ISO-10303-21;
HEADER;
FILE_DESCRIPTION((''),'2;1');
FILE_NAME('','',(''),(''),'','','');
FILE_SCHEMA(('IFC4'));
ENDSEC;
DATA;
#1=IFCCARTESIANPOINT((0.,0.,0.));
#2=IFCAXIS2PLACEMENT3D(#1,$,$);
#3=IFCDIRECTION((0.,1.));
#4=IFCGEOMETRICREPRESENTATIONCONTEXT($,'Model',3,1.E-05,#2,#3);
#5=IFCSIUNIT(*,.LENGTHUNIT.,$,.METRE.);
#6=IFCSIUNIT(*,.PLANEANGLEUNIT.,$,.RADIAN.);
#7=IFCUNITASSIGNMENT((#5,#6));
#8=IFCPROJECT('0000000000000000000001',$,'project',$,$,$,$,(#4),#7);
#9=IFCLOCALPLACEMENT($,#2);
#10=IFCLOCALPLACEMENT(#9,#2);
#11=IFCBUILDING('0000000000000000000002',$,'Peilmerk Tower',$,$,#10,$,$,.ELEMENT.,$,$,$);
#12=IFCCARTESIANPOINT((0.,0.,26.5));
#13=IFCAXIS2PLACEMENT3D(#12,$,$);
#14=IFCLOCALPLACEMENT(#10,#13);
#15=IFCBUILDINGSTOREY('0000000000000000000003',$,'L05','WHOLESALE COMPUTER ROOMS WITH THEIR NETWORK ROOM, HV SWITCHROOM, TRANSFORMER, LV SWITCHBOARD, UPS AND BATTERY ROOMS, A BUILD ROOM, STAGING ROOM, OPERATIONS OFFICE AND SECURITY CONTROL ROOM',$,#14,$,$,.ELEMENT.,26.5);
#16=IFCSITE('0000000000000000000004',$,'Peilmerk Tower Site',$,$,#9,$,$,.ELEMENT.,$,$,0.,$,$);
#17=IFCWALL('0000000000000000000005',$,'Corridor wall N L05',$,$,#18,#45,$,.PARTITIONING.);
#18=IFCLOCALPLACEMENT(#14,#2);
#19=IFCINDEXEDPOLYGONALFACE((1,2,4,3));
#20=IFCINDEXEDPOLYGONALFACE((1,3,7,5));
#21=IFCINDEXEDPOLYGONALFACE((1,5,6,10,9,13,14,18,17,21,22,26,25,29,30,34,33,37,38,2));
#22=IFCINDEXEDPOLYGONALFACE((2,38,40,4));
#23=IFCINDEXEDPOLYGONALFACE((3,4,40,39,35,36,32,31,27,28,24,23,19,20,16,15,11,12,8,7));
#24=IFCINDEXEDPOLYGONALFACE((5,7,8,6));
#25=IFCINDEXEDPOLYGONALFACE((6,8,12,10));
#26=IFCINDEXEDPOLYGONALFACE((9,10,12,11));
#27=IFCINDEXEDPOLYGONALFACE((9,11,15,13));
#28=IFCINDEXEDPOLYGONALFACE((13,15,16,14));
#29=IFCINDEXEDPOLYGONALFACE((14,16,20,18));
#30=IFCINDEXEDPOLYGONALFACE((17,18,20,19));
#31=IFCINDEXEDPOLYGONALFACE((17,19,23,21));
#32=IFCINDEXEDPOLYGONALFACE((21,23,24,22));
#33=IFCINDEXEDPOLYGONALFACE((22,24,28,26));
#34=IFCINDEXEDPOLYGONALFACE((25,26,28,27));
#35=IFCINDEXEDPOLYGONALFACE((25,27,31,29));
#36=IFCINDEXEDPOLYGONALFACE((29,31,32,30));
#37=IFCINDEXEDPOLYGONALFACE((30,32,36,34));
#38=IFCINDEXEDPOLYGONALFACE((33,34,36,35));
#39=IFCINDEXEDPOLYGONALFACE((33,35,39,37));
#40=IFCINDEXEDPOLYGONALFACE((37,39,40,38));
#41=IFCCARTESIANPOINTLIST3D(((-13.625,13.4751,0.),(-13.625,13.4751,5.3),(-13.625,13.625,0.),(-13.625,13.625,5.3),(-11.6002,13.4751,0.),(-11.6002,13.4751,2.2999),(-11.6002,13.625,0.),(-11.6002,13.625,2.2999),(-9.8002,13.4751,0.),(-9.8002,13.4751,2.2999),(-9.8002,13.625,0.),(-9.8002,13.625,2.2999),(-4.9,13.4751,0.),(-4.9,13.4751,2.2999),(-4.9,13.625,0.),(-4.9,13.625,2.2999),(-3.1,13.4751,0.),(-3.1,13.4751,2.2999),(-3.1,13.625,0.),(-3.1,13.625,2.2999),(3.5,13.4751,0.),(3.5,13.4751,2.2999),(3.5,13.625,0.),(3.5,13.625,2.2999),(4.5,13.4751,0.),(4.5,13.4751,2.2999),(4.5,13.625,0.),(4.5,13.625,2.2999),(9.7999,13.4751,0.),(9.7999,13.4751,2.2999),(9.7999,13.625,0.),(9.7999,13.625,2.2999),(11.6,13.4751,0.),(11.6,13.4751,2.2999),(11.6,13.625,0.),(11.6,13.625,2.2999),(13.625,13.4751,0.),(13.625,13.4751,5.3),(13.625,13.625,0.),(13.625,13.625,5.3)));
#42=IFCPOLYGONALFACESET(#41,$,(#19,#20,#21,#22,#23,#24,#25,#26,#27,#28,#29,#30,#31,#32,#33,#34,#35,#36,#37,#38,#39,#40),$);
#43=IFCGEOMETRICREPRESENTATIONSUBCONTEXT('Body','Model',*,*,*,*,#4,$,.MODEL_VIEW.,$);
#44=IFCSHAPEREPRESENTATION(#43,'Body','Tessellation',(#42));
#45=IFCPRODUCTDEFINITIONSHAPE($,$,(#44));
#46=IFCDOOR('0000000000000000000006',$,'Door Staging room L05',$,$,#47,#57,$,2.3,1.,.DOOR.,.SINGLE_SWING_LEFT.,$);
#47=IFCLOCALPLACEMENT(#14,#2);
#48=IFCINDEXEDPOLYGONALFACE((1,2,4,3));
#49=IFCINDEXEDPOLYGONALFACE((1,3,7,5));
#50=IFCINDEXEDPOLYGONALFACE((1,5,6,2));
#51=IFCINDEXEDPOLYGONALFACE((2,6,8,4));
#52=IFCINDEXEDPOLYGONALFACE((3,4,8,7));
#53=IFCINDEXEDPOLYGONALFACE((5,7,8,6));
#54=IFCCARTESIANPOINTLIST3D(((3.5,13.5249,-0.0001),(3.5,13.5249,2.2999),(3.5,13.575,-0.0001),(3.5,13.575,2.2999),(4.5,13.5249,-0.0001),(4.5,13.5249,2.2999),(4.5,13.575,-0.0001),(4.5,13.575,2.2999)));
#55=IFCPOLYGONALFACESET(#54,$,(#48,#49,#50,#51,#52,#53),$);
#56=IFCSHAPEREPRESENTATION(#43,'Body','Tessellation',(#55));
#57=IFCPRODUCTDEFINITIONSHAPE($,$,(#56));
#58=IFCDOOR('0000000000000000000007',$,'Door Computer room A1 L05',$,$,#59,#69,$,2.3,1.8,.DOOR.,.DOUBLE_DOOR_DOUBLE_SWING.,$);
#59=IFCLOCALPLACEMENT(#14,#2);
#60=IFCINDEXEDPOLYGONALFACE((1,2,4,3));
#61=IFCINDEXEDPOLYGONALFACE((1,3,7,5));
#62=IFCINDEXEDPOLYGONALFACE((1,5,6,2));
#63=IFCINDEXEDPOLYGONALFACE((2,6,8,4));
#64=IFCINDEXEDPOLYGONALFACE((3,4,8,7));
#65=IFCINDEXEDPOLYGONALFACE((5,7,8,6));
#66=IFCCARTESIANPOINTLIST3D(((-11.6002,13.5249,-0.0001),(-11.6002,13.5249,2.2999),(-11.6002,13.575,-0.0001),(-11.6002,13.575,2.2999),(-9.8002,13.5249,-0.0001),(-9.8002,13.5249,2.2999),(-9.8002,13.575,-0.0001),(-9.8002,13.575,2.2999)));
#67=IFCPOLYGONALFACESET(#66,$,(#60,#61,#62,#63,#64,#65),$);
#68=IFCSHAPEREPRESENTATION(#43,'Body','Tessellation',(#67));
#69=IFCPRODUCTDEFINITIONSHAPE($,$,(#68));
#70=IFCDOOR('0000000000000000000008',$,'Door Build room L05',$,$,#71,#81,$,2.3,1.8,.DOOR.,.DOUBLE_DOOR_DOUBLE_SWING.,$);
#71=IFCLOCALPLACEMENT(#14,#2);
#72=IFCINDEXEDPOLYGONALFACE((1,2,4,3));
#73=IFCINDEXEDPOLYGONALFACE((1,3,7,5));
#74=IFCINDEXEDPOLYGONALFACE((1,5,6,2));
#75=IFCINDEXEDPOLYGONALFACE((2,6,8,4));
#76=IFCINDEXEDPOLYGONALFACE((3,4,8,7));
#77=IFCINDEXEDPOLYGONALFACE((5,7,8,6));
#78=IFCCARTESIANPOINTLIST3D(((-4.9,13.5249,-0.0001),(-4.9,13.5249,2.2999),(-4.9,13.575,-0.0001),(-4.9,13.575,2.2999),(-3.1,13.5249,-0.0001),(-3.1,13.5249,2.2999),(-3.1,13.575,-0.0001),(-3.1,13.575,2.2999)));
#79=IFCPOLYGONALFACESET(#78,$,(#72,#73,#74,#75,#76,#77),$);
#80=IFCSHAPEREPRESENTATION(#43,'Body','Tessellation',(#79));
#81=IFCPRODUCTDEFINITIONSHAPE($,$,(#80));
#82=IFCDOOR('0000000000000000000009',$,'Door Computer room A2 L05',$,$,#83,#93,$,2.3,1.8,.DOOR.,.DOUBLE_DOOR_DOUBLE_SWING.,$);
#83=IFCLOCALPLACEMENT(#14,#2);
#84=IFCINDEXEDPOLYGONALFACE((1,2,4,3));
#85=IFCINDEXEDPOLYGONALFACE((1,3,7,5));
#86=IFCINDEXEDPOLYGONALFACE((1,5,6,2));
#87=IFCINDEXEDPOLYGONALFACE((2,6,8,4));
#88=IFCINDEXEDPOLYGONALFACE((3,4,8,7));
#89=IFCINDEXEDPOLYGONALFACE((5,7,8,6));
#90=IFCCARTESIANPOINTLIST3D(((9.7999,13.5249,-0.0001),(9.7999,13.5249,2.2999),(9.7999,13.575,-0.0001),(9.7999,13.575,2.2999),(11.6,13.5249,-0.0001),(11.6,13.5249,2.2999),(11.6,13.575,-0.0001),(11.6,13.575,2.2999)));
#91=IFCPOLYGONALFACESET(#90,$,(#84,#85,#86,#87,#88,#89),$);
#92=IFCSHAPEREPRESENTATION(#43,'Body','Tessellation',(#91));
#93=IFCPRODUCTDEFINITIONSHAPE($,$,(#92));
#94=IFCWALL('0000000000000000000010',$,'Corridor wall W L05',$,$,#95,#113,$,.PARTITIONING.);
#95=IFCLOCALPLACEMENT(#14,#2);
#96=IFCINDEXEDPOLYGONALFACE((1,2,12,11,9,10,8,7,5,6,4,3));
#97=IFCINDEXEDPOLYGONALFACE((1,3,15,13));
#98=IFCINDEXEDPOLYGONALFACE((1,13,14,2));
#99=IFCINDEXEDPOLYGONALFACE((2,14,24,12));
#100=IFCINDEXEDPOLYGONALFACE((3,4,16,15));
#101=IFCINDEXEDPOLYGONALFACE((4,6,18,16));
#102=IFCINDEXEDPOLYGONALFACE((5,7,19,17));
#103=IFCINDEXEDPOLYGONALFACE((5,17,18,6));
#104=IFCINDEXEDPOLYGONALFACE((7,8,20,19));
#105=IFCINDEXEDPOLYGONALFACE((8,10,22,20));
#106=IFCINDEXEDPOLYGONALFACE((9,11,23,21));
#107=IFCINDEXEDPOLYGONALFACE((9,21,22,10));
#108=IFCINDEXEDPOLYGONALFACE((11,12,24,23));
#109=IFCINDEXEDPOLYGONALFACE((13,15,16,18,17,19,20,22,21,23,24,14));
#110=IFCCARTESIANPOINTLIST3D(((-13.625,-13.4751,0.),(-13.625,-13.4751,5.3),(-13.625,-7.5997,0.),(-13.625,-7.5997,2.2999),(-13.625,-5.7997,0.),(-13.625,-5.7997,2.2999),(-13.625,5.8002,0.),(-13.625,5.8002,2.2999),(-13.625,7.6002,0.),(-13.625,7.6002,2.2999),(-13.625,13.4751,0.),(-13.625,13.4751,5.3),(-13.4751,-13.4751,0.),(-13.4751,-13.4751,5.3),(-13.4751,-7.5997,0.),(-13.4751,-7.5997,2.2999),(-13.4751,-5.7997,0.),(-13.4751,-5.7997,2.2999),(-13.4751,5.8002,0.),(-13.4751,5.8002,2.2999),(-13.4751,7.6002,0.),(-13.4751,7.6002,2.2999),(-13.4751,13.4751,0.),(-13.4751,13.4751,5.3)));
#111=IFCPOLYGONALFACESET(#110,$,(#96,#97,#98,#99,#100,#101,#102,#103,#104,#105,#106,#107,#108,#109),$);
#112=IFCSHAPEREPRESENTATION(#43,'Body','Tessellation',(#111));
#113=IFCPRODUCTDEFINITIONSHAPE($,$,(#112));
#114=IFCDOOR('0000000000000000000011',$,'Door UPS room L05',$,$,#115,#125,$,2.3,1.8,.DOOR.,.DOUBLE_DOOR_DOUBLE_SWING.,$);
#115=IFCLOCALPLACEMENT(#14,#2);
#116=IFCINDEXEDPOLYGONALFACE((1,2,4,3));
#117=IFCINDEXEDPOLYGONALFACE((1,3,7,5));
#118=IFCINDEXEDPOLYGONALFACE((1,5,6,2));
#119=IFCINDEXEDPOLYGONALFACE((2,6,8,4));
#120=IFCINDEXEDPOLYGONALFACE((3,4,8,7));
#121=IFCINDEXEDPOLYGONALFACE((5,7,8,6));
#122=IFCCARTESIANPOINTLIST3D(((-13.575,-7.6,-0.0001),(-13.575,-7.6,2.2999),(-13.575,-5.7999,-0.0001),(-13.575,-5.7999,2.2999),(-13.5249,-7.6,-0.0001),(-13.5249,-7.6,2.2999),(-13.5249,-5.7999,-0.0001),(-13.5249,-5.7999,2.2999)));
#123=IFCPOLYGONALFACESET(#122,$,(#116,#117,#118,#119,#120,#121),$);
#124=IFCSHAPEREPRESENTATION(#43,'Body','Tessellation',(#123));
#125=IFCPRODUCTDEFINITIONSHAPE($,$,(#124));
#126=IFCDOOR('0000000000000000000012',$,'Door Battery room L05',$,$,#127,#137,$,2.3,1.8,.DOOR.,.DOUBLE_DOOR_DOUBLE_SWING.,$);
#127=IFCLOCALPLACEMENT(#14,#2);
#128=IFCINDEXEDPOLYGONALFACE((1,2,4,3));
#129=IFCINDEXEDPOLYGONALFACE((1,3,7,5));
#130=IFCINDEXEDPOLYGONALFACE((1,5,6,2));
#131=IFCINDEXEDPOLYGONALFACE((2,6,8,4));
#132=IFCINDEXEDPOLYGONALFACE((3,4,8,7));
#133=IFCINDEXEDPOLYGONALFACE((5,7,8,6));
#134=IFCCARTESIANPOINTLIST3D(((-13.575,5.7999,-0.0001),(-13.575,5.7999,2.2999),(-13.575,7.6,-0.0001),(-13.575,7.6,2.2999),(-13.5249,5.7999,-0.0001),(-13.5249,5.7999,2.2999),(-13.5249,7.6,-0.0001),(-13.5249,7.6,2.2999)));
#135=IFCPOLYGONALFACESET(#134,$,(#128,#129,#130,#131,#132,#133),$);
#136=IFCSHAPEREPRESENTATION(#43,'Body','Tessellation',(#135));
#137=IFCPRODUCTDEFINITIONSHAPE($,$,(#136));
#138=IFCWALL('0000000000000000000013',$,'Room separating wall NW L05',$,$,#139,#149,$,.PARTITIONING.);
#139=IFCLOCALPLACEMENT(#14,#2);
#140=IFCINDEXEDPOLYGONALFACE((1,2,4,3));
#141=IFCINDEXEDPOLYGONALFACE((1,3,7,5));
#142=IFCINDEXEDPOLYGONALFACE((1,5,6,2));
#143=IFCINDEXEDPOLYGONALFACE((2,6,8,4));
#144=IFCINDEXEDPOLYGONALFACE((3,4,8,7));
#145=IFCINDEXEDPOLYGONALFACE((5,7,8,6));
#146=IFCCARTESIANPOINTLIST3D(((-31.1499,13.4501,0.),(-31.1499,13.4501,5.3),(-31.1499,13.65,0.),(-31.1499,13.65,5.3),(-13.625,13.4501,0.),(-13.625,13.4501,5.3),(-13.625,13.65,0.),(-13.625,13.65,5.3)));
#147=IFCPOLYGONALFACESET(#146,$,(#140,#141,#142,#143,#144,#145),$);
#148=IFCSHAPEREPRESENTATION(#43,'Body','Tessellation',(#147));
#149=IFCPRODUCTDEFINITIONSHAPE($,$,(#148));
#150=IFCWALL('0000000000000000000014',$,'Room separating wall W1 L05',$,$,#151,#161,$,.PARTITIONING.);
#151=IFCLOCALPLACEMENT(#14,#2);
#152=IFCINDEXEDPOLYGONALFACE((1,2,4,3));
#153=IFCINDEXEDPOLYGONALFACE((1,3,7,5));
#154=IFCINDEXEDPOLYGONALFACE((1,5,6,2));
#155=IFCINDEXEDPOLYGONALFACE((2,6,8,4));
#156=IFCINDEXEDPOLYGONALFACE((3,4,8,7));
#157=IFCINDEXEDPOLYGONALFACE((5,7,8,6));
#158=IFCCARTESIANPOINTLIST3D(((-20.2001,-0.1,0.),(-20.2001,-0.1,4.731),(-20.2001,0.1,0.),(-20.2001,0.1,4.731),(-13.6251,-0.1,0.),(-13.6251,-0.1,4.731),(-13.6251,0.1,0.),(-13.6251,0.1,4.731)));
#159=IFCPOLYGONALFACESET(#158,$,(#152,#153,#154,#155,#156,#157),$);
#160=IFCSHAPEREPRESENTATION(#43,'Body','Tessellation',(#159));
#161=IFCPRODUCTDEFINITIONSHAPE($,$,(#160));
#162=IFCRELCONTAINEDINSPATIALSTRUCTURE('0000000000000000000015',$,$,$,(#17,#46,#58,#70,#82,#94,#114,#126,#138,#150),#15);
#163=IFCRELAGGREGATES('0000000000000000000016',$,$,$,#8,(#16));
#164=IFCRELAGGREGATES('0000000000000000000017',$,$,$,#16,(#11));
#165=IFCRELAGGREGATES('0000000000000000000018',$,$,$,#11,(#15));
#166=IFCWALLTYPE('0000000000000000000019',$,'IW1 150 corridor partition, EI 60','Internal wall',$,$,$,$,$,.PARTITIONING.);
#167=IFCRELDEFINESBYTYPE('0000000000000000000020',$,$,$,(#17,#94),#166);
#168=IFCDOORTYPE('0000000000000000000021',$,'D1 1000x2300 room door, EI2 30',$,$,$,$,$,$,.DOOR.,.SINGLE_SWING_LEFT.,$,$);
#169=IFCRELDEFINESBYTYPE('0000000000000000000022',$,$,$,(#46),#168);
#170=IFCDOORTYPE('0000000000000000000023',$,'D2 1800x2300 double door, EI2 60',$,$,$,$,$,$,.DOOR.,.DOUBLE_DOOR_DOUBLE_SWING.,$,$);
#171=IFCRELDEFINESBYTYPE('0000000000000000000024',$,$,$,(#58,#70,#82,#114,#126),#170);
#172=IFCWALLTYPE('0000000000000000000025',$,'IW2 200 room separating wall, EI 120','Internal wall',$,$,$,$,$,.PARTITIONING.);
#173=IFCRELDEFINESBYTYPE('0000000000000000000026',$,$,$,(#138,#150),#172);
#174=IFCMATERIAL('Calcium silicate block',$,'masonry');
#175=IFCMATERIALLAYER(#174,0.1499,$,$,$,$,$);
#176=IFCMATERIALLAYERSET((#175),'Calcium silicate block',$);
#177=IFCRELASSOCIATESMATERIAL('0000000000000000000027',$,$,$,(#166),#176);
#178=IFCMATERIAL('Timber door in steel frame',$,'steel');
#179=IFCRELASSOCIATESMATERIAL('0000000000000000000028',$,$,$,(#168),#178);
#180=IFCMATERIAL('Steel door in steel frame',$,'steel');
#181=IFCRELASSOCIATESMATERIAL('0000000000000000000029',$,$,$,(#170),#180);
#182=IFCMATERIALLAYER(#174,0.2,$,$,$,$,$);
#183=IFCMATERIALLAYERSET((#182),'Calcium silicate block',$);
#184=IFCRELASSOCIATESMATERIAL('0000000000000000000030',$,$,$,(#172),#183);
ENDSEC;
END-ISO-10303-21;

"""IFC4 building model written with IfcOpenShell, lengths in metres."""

from ifc_helpers import new_model, si_unit, direction, frame, frame_2d, origin, place, context, subcontext, project, spatial, rectangle, extrude, material, layer, layer_set, type_object, element, fill, save


model = new_model("IFC4")

# Units and contexts
model_context = context("Model", 3, precision=1e-05, world=origin(), true_north=direction((0.0, 1.0)))
body_context = subcontext(model_context, "Body", "Model", "MODEL_VIEW")
ifc_project = project(units=[si_unit("LENGTHUNIT", "METRE"), si_unit("PLANEANGLEUNIT", "RADIAN")], contexts=[model_context])

# Site, building, storey
site_placement = place(None, origin())
site = spatial("IfcSite", under=ifc_project, at=site_placement, Name="Peilmerk Tower Site", CompositionType="ELEMENT", RefElevation=0.0)
building_placement = place(site_placement, origin())
building = spatial("IfcBuilding", under=site, at=building_placement, Name="Peilmerk Tower", CompositionType="ELEMENT")
storey_placement = place(building_placement, frame((0.0, 0.0, 26.5)))
storey = spatial("IfcBuildingStorey", under=building, at=storey_placement, Name="L05", Description="WHOLESALE COMPUTER ROOMS WITH THEIR NETWORK ROOM, HV SWITCHROOM, TRANSFORMER, LV SWITCHBOARD, UPS AND BATTERY ROOMS, A BUILD ROOM, STAGING ROOM, OPERATIONS OFFICE AND SECURITY CONTROL ROOM", CompositionType="ELEMENT", Elevation=26.5)

# Walls, openings, doors
ifc_material_1 = material(Name="Calcium silicate block", Category="masonry")
ifc_layer_1 = layer(ifc_material_1, 0.1499)
ifc_layer_set_1 = layer_set([ifc_layer_1], Name="Calcium silicate block")
wall_type_1 = type_object("IfcWallType", Name="IW1 150 corridor partition, EI 60", Description="Internal wall", PredefinedType="PARTITIONING", material=ifc_layer_set_1)
wall_1_placement = place(storey_placement, frame((-13.625, 13.55, 0.0), z_axis=(0.0, 0.0, 1.0), x_axis=(1.0, 0.0, 0.0)))
wall_1 = element("IfcWall", 1, at=wall_1_placement, inside=storey, type_object=wall_type_1, Name="Corridor wall N L05", PredefinedType="PARTITIONING", context=body_context, shape_type="SweptSolid", body=[
    extrude(rectangle(XDim=27.25, YDim=0.1499, at=frame_2d((13.625, 0.0))), origin(), (0.0, 0.0, 1.0), 5.3),
])
opening_1_placement = place(wall_1_placement, frame((2.0249, 0.0, 0.0)))
opening_1 = element("IfcOpeningElement", 2, at=opening_1_placement, cuts=wall_1, PredefinedType="OPENING", context=body_context, shape_type="SweptSolid", body=[
    extrude(rectangle(XDim=1.8, YDim=2.3, at=frame_2d((0.8999, 1.1499))), frame((0.0, 0.085, 0.0), z_axis=(0.0, -1.0, 0.0), x_axis=(1.0, 0.0, 0.0)), (0.0, 0.0, 1.0), 0.1699),
])
opening_2_placement = place(wall_1_placement, frame((8.7251, 0.0, 0.0)))
opening_2 = element("IfcOpeningElement", 3, at=opening_2_placement, cuts=wall_1, PredefinedType="OPENING", context=body_context, shape_type="SweptSolid", body=[
    extrude(rectangle(XDim=1.8, YDim=2.3, at=frame_2d((0.8999, 1.1499))), frame((0.0, 0.085, 0.0), z_axis=(0.0, -1.0, 0.0), x_axis=(1.0, 0.0, 0.0)), (0.0, 0.0, 1.0), 0.1699),
])
opening_3_placement = place(wall_1_placement, frame((17.125, 0.0, 0.0)))
opening_3 = element("IfcOpeningElement", 4, at=opening_3_placement, cuts=wall_1, PredefinedType="OPENING", context=body_context, shape_type="SweptSolid", body=[
    extrude(rectangle(XDim=1.0, YDim=2.3, at=frame_2d((0.5, 1.1499))), frame((0.0, 0.085, 0.0), z_axis=(0.0, -1.0, 0.0), x_axis=(1.0, 0.0, 0.0)), (0.0, 0.0, 1.0), 0.1699),
])
opening_4_placement = place(wall_1_placement, frame((23.425, 0.0, 0.0)))
opening_4 = element("IfcOpeningElement", 5, at=opening_4_placement, cuts=wall_1, PredefinedType="OPENING", context=body_context, shape_type="SweptSolid", body=[
    extrude(rectangle(XDim=1.8, YDim=2.3, at=frame_2d((0.8999, 1.1499))), frame((0.0, 0.085, 0.0), z_axis=(0.0, -1.0, 0.0), x_axis=(1.0, 0.0, 0.0)), (0.0, 0.0, 1.0), 0.1699),
])
ifc_material_2 = material(Name="Timber door in steel frame", Category="steel")
door_type_1 = type_object("IfcDoorType", Name="D1 1000x2300 room door, EI2 30", OperationType="SINGLE_SWING_LEFT", PredefinedType="DOOR", material=ifc_material_2)
door_1_placement = place(opening_3_placement, origin())
door_1 = element("IfcDoor", 6, at=door_1_placement, inside=storey, type_object=door_type_1, Name="Door Staging room L05", OperationType="SINGLE_SWING_LEFT", OverallHeight=2.3, OverallWidth=1.0, PredefinedType="DOOR", context=body_context, shape_type="SweptSolid", body=[
    extrude(rectangle(XDim=1.0, YDim=2.3, at=frame_2d((0.5, 1.1499))), frame((0.0, 0.0249, 0.0), z_axis=(0.0, -1.0, 0.0), x_axis=(1.0, 0.0, 0.0)), (0.0, 0.0, 1.0), 0.05),
])
fill(opening_3, door_1)
ifc_material_3 = material(Name="Steel door in steel frame", Category="steel")
door_type_2 = type_object("IfcDoorType", Name="D2 1800x2300 double door, EI2 60", OperationType="DOUBLE_DOOR_DOUBLE_SWING", PredefinedType="DOOR", material=ifc_material_3)
door_2_placement = place(opening_1_placement, origin())
door_2 = element("IfcDoor", 7, at=door_2_placement, inside=storey, type_object=door_type_2, Name="Door Computer room A1 L05", OperationType="DOUBLE_DOOR_DOUBLE_SWING", OverallHeight=2.3, OverallWidth=1.8, PredefinedType="DOOR", context=body_context, shape_type="SweptSolid", body=[
    extrude(rectangle(XDim=1.8, YDim=2.3, at=frame_2d((0.8999, 1.1499))), frame((0.0, 0.0249, 0.0), z_axis=(0.0, -1.0, 0.0), x_axis=(1.0, 0.0, 0.0)), (0.0, 0.0, 1.0), 0.05),
])
fill(opening_1, door_2)
door_3_placement = place(opening_2_placement, origin())
door_3 = element("IfcDoor", 8, at=door_3_placement, inside=storey, type_object=door_type_2, Name="Door Build room L05", OperationType="DOUBLE_DOOR_DOUBLE_SWING", OverallHeight=2.3, OverallWidth=1.8, PredefinedType="DOOR", context=body_context, shape_type="SweptSolid", body=[
    extrude(rectangle(XDim=1.8, YDim=2.3, at=frame_2d((0.8999, 1.1499))), frame((0.0, 0.0249, 0.0), z_axis=(0.0, -1.0, 0.0), x_axis=(1.0, 0.0, 0.0)), (0.0, 0.0, 1.0), 0.05),
])
fill(opening_2, door_3)
door_4_placement = place(opening_4_placement, origin())
door_4 = element("IfcDoor", 9, at=door_4_placement, inside=storey, type_object=door_type_2, Name="Door Computer room A2 L05", OperationType="DOUBLE_DOOR_DOUBLE_SWING", OverallHeight=2.3, OverallWidth=1.8, PredefinedType="DOOR", context=body_context, shape_type="SweptSolid", body=[
    extrude(rectangle(XDim=1.8, YDim=2.3, at=frame_2d((0.8999, 1.1499))), frame((0.0, 0.0249, 0.0), z_axis=(0.0, -1.0, 0.0), x_axis=(1.0, 0.0, 0.0)), (0.0, 0.0, 1.0), 0.05),
])
fill(opening_4, door_4)
wall_2_placement = place(storey_placement, frame((-13.55, 13.4751, 0.0), z_axis=(0.0, 0.0, 1.0), x_axis=(0.0, -1.0, 0.0)))
wall_2 = element("IfcWall", 10, at=wall_2_placement, inside=storey, type_object=wall_type_1, Name="Corridor wall W L05", PredefinedType="PARTITIONING", context=body_context, shape_type="SweptSolid", body=[
    extrude(rectangle(XDim=26.9502, YDim=0.1499, at=frame_2d((13.4751, 0.0))), origin(), (0.0, 0.0, 1.0), 5.3),
])
opening_5_placement = place(wall_2_placement, frame((19.2749, 0.0, 0.0)))
opening_5 = element("IfcOpeningElement", 11, at=opening_5_placement, cuts=wall_2, PredefinedType="OPENING", context=body_context, shape_type="SweptSolid", body=[
    extrude(rectangle(XDim=1.8, YDim=2.3, at=frame_2d((0.8999, 1.1499))), frame((0.0, 0.085, 0.0), z_axis=(0.0, -1.0, 0.0), x_axis=(1.0, 0.0, 0.0)), (0.0, 0.0, 1.0), 0.1699),
])
opening_6_placement = place(wall_2_placement, frame((5.875, 0.0, 0.0)))
opening_6 = element("IfcOpeningElement", 12, at=opening_6_placement, cuts=wall_2, PredefinedType="OPENING", context=body_context, shape_type="SweptSolid", body=[
    extrude(rectangle(XDim=1.8, YDim=2.3, at=frame_2d((0.8999, 1.1499))), frame((0.0, 0.085, 0.0), z_axis=(0.0, -1.0, 0.0), x_axis=(1.0, 0.0, 0.0)), (0.0, 0.0, 1.0), 0.1699),
])
door_5_placement = place(opening_5_placement, frame((1.8, 0.0, 0.0), z_axis=(0.0, 0.0, 1.0), x_axis=(-1.0, 0.0, 0.0)))
door_5 = element("IfcDoor", 13, at=door_5_placement, inside=storey, type_object=door_type_2, Name="Door UPS room L05", OperationType="DOUBLE_DOOR_DOUBLE_SWING", OverallHeight=2.3, OverallWidth=1.8, PredefinedType="DOOR", context=body_context, shape_type="SweptSolid", body=[
    extrude(rectangle(XDim=1.8, YDim=2.3, at=frame_2d((0.8999, 1.1499))), frame((0.0, 0.0249, 0.0), z_axis=(0.0, -1.0, 0.0), x_axis=(1.0, 0.0, 0.0)), (0.0, 0.0, 1.0), 0.05),
])
fill(opening_5, door_5)
door_6_placement = place(opening_6_placement, frame((1.8, 0.0, 0.0), z_axis=(0.0, 0.0, 1.0), x_axis=(-1.0, 0.0, 0.0)))
door_6 = element("IfcDoor", 14, at=door_6_placement, inside=storey, type_object=door_type_2, Name="Door Battery room L05", OperationType="DOUBLE_DOOR_DOUBLE_SWING", OverallHeight=2.3, OverallWidth=1.8, PredefinedType="DOOR", context=body_context, shape_type="SweptSolid", body=[
    extrude(rectangle(XDim=1.8, YDim=2.3, at=frame_2d((0.8999, 1.1499))), frame((0.0, 0.0249, 0.0), z_axis=(0.0, -1.0, 0.0), x_axis=(1.0, 0.0, 0.0)), (0.0, 0.0, 1.0), 0.05),
])
fill(opening_6, door_6)

# Walls
ifc_layer_2 = layer(ifc_material_1, 0.2)
ifc_layer_set_2 = layer_set([ifc_layer_2], Name="Calcium silicate block")
wall_type_2 = type_object("IfcWallType", Name="IW2 200 room separating wall, EI 120", Description="Internal wall", PredefinedType="PARTITIONING", material=ifc_layer_set_2)
wall_3_placement = place(storey_placement, frame((-31.1499, 13.55, 0.0), z_axis=(0.0, 0.0, 1.0), x_axis=(1.0, 0.0, 0.0)))
element("IfcWall", 15, at=wall_3_placement, inside=storey, type_object=wall_type_2, Name="Room separating wall NW L05", PredefinedType="PARTITIONING", context=body_context, shape_type="SweptSolid", body=[
    extrude(rectangle(XDim=17.5249, YDim=0.2, at=frame_2d((8.7625, 0.0))), origin(), (0.0, 0.0, 1.0), 5.3),
])
wall_4_placement = place(storey_placement, frame((-13.625, 0.0, 0.0), z_axis=(0.0, 0.0, 1.0), x_axis=(-1.0, 0.0, 0.0)))
element("IfcWall", 16, at=wall_4_placement, inside=storey, type_object=wall_type_2, Name="Room separating wall W1 L05", PredefinedType="PARTITIONING", context=body_context, shape_type="SweptSolid", body=[
    extrude(rectangle(XDim=6.575, YDim=0.2, at=frame_2d((3.2876, 0.0))), origin(), (0.0, 0.0, 1.0), 4.731),
])

save(model, "model.ifc")
